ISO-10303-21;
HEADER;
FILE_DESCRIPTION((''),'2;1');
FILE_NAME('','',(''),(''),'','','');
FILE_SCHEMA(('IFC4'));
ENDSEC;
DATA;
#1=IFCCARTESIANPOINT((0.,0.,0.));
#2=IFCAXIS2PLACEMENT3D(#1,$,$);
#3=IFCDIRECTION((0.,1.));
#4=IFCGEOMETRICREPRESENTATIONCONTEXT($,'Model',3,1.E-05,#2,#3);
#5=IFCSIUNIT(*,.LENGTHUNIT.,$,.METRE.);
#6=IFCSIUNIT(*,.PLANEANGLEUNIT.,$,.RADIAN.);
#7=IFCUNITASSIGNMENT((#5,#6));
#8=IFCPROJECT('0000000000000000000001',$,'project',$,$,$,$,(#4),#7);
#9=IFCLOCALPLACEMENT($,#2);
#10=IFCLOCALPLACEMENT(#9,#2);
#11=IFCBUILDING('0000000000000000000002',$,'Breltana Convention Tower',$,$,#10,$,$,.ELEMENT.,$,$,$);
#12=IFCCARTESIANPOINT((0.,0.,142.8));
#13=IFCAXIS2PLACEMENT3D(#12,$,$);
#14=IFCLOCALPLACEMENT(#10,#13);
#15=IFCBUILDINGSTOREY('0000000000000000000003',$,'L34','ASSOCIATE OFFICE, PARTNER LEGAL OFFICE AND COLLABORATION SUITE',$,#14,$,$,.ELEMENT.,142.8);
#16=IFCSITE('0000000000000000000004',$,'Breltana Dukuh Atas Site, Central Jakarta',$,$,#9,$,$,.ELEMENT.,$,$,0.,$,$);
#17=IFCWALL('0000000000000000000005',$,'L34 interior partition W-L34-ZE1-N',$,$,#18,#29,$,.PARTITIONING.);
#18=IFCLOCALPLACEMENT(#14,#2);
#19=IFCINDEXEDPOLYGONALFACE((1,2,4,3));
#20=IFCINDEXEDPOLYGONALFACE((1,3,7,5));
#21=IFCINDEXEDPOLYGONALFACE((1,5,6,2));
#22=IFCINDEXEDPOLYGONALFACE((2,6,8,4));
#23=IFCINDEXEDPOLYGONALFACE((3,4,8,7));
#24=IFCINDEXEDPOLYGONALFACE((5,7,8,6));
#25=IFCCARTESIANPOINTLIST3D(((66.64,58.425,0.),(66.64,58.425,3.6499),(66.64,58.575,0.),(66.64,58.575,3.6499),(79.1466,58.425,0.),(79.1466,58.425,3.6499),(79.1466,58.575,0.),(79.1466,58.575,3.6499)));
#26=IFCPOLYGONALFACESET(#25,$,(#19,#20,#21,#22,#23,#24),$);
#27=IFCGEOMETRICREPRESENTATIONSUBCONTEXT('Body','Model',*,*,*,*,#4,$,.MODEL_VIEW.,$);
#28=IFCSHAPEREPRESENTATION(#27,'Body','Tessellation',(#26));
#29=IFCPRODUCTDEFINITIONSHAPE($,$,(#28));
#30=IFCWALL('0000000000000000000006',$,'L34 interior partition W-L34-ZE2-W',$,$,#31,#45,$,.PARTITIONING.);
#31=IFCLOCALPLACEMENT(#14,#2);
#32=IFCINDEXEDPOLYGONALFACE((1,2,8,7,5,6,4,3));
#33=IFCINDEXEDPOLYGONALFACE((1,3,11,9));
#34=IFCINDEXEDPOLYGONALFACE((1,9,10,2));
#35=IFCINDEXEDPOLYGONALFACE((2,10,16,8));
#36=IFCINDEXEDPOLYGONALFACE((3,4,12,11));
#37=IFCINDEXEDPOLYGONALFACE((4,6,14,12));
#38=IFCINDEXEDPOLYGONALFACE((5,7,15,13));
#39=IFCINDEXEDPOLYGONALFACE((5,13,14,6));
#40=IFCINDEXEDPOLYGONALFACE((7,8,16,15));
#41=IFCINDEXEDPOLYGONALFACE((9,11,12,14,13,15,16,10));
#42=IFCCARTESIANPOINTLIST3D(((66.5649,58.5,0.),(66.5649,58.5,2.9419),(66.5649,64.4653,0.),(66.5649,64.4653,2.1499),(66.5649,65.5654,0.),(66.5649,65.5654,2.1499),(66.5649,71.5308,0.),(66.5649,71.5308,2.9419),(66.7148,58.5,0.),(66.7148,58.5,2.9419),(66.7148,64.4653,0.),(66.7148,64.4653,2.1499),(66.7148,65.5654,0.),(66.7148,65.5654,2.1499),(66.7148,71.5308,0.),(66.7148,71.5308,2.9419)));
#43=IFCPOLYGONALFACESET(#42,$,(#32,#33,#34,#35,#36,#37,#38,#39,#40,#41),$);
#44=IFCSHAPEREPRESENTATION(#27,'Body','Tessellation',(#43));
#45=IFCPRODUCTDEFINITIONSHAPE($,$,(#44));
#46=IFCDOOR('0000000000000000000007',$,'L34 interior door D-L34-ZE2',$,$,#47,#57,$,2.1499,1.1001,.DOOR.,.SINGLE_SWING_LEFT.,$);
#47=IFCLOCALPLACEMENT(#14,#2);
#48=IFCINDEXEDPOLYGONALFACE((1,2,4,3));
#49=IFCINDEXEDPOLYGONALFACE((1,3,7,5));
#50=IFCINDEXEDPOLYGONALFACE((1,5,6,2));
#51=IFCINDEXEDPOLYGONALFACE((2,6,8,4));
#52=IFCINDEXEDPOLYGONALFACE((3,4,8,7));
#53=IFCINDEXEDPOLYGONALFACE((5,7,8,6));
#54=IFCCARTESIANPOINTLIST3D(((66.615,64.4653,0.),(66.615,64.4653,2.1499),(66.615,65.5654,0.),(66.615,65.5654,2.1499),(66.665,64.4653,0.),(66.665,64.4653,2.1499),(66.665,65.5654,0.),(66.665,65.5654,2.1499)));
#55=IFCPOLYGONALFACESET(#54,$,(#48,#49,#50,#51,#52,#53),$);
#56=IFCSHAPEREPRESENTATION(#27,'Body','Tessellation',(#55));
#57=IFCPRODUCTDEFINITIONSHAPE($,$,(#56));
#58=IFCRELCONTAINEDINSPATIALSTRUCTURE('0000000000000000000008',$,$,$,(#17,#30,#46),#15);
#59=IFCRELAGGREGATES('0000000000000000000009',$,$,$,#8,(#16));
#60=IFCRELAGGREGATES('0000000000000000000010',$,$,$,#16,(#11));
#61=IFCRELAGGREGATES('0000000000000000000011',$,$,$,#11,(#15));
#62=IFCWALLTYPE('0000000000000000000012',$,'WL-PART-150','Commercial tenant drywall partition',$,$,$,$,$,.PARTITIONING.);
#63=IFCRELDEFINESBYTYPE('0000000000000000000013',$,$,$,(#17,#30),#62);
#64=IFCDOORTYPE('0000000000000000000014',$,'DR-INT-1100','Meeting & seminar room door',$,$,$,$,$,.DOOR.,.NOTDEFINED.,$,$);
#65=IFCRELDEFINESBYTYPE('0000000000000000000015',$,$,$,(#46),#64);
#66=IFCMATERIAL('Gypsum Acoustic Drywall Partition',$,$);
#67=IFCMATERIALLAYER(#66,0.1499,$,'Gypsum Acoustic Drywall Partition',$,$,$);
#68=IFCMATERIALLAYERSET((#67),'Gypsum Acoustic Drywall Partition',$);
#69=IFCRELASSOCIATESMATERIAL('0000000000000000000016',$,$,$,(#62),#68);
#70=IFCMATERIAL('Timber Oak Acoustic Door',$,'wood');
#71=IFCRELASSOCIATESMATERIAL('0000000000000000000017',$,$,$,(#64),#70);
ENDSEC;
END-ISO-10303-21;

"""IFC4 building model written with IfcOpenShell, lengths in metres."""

from ifc_helpers import new_model, si_unit, direction, frame, frame_2d, origin, place, context, subcontext, project, spatial, rectangle, extrude, source, transform, mapped, material, layer, layer_set, type_object, type_shapes, element, fill, save


model = new_model("IFC4")

# Units and contexts
model_context = context("Model", 3, precision=1e-05, world=origin(), true_north=direction((0.0, 1.0)))
body_context = subcontext(model_context, "Body", "Model", "MODEL_VIEW")
ifc_project = project(units=[si_unit("LENGTHUNIT", "METRE"), si_unit("PLANEANGLEUNIT", "RADIAN")], contexts=[model_context])

# Site, building, storey
site_placement = place(None, origin())
site = spatial("IfcSite", under=ifc_project, at=site_placement, Name="Breltana Dukuh Atas Site, Central Jakarta", CompositionType="ELEMENT", RefElevation=0.0)
building_placement = place(site_placement, origin())
building = spatial("IfcBuilding", under=site, at=building_placement, Name="Breltana Convention Tower", CompositionType="ELEMENT")
storey_placement = place(building_placement, frame((0.0, 0.0, 142.8)))
storey = spatial("IfcBuildingStorey", under=building, at=storey_placement, Name="L34", Description="ASSOCIATE OFFICE, PARTNER LEGAL OFFICE AND COLLABORATION SUITE", CompositionType="ELEMENT", Elevation=142.8)

# Wall
ifc_material_1 = material(Name="Gypsum Acoustic Drywall Partition")
ifc_layer_1 = layer(ifc_material_1, 0.1499, Name="Gypsum Acoustic Drywall Partition")
ifc_layer_set_1 = layer_set([ifc_layer_1], Name="Gypsum Acoustic Drywall Partition")
wall_type_1 = type_object("IfcWallType", Name="WL-PART-150", Description="Commercial tenant drywall partition", PredefinedType="PARTITIONING", material=ifc_layer_set_1)
shared_shape_1 = source(origin(), body_context, "Body", "SweptSolid", [
    extrude(rectangle(XDim=12.5066, YDim=0.1499, at=frame_2d((6.2534, 0.0))), origin(), (0.0, 0.0, 1.0), 3.6499),
])
wall_1_placement = place(storey_placement, frame((66.6399, 58.5, 0.0), z_axis=(0.0, 0.0, 1.0), x_axis=(1.0, 0.0, 0.0)))
element("IfcWall", 1, at=wall_1_placement, inside=storey, type_object=wall_type_1, Name="L34 interior partition W-L34-ZE1-N", PredefinedType="PARTITIONING", context=body_context, shape_type="MappedRepresentation", body=[
    mapped(shared_shape_1, transform((0.0, 0.0, 0.0), scale=1.0)),
])

# Wall, opening, door
shared_shape_2 = source(origin(), body_context, "Body", "SweptSolid", [
    extrude(rectangle(XDim=13.0308, YDim=0.1499, at=frame_2d((6.5154, 0.0))), origin(), (0.0, 0.0, 1.0), 2.9419),
])
wall_2_placement = place(storey_placement, frame((66.6399, 58.5, 0.0), z_axis=(0.0, 0.0, 1.0), x_axis=(0.0, 1.0, 0.0)))
wall_2 = element("IfcWall", 2, at=wall_2_placement, inside=storey, type_object=wall_type_1, Name="L34 interior partition W-L34-ZE2-W", PredefinedType="PARTITIONING", context=body_context, shape_type="MappedRepresentation", body=[
    mapped(shared_shape_2, transform((0.0, 0.0, 0.0), scale=1.0)),
])
opening_1_placement = place(wall_2_placement, frame((5.9653, 0.0, 0.0)))
opening_1 = element("IfcOpeningElement", 3, at=opening_1_placement, cuts=wall_2, PredefinedType="OPENING", context=body_context, shape_type="SweptSolid", body=[
    extrude(rectangle(XDim=1.1001, YDim=2.1499, at=frame_2d((0.55, 1.075))), frame((0.0, 0.085, 0.0), z_axis=(0.0, -1.0, 0.0), x_axis=(1.0, 0.0, 0.0)), (0.0, 0.0, 1.0), 0.1699),
])
ifc_material_2 = material(Name="Timber Oak Acoustic Door", Category="wood")
door_type = type_object("IfcDoorType", Name="DR-INT-1100", Description="Meeting & seminar room door", OperationType="NOTDEFINED", PredefinedType="DOOR", material=ifc_material_2)
shared_shape_3 = source(origin(), body_context, "Body", "SweptSolid", [
    extrude(rectangle(XDim=1.1001, YDim=2.1499, at=frame_2d((0.55, 1.075))), frame((0.0, 0.0249, 0.0), z_axis=(0.0, -1.0, 0.0), x_axis=(1.0, 0.0, 0.0)), (0.0, 0.0, 1.0), 0.05),
])
type_shapes(door_type, [shared_shape_3])
door_placement = place(opening_1_placement, origin())
door = element("IfcDoor", 4, at=door_placement, inside=storey, type_object=door_type, Name="L34 interior door D-L34-ZE2", OperationType="SINGLE_SWING_LEFT", OverallHeight=2.1499, OverallWidth=1.1001, PredefinedType="DOOR", context=body_context, shape_type="MappedRepresentation", body=[
    mapped(shared_shape_3, transform((0.0, 0.0, 0.0), scale=1.0)),
])
fill(opening_1, door)

save(model, "model.ifc")
